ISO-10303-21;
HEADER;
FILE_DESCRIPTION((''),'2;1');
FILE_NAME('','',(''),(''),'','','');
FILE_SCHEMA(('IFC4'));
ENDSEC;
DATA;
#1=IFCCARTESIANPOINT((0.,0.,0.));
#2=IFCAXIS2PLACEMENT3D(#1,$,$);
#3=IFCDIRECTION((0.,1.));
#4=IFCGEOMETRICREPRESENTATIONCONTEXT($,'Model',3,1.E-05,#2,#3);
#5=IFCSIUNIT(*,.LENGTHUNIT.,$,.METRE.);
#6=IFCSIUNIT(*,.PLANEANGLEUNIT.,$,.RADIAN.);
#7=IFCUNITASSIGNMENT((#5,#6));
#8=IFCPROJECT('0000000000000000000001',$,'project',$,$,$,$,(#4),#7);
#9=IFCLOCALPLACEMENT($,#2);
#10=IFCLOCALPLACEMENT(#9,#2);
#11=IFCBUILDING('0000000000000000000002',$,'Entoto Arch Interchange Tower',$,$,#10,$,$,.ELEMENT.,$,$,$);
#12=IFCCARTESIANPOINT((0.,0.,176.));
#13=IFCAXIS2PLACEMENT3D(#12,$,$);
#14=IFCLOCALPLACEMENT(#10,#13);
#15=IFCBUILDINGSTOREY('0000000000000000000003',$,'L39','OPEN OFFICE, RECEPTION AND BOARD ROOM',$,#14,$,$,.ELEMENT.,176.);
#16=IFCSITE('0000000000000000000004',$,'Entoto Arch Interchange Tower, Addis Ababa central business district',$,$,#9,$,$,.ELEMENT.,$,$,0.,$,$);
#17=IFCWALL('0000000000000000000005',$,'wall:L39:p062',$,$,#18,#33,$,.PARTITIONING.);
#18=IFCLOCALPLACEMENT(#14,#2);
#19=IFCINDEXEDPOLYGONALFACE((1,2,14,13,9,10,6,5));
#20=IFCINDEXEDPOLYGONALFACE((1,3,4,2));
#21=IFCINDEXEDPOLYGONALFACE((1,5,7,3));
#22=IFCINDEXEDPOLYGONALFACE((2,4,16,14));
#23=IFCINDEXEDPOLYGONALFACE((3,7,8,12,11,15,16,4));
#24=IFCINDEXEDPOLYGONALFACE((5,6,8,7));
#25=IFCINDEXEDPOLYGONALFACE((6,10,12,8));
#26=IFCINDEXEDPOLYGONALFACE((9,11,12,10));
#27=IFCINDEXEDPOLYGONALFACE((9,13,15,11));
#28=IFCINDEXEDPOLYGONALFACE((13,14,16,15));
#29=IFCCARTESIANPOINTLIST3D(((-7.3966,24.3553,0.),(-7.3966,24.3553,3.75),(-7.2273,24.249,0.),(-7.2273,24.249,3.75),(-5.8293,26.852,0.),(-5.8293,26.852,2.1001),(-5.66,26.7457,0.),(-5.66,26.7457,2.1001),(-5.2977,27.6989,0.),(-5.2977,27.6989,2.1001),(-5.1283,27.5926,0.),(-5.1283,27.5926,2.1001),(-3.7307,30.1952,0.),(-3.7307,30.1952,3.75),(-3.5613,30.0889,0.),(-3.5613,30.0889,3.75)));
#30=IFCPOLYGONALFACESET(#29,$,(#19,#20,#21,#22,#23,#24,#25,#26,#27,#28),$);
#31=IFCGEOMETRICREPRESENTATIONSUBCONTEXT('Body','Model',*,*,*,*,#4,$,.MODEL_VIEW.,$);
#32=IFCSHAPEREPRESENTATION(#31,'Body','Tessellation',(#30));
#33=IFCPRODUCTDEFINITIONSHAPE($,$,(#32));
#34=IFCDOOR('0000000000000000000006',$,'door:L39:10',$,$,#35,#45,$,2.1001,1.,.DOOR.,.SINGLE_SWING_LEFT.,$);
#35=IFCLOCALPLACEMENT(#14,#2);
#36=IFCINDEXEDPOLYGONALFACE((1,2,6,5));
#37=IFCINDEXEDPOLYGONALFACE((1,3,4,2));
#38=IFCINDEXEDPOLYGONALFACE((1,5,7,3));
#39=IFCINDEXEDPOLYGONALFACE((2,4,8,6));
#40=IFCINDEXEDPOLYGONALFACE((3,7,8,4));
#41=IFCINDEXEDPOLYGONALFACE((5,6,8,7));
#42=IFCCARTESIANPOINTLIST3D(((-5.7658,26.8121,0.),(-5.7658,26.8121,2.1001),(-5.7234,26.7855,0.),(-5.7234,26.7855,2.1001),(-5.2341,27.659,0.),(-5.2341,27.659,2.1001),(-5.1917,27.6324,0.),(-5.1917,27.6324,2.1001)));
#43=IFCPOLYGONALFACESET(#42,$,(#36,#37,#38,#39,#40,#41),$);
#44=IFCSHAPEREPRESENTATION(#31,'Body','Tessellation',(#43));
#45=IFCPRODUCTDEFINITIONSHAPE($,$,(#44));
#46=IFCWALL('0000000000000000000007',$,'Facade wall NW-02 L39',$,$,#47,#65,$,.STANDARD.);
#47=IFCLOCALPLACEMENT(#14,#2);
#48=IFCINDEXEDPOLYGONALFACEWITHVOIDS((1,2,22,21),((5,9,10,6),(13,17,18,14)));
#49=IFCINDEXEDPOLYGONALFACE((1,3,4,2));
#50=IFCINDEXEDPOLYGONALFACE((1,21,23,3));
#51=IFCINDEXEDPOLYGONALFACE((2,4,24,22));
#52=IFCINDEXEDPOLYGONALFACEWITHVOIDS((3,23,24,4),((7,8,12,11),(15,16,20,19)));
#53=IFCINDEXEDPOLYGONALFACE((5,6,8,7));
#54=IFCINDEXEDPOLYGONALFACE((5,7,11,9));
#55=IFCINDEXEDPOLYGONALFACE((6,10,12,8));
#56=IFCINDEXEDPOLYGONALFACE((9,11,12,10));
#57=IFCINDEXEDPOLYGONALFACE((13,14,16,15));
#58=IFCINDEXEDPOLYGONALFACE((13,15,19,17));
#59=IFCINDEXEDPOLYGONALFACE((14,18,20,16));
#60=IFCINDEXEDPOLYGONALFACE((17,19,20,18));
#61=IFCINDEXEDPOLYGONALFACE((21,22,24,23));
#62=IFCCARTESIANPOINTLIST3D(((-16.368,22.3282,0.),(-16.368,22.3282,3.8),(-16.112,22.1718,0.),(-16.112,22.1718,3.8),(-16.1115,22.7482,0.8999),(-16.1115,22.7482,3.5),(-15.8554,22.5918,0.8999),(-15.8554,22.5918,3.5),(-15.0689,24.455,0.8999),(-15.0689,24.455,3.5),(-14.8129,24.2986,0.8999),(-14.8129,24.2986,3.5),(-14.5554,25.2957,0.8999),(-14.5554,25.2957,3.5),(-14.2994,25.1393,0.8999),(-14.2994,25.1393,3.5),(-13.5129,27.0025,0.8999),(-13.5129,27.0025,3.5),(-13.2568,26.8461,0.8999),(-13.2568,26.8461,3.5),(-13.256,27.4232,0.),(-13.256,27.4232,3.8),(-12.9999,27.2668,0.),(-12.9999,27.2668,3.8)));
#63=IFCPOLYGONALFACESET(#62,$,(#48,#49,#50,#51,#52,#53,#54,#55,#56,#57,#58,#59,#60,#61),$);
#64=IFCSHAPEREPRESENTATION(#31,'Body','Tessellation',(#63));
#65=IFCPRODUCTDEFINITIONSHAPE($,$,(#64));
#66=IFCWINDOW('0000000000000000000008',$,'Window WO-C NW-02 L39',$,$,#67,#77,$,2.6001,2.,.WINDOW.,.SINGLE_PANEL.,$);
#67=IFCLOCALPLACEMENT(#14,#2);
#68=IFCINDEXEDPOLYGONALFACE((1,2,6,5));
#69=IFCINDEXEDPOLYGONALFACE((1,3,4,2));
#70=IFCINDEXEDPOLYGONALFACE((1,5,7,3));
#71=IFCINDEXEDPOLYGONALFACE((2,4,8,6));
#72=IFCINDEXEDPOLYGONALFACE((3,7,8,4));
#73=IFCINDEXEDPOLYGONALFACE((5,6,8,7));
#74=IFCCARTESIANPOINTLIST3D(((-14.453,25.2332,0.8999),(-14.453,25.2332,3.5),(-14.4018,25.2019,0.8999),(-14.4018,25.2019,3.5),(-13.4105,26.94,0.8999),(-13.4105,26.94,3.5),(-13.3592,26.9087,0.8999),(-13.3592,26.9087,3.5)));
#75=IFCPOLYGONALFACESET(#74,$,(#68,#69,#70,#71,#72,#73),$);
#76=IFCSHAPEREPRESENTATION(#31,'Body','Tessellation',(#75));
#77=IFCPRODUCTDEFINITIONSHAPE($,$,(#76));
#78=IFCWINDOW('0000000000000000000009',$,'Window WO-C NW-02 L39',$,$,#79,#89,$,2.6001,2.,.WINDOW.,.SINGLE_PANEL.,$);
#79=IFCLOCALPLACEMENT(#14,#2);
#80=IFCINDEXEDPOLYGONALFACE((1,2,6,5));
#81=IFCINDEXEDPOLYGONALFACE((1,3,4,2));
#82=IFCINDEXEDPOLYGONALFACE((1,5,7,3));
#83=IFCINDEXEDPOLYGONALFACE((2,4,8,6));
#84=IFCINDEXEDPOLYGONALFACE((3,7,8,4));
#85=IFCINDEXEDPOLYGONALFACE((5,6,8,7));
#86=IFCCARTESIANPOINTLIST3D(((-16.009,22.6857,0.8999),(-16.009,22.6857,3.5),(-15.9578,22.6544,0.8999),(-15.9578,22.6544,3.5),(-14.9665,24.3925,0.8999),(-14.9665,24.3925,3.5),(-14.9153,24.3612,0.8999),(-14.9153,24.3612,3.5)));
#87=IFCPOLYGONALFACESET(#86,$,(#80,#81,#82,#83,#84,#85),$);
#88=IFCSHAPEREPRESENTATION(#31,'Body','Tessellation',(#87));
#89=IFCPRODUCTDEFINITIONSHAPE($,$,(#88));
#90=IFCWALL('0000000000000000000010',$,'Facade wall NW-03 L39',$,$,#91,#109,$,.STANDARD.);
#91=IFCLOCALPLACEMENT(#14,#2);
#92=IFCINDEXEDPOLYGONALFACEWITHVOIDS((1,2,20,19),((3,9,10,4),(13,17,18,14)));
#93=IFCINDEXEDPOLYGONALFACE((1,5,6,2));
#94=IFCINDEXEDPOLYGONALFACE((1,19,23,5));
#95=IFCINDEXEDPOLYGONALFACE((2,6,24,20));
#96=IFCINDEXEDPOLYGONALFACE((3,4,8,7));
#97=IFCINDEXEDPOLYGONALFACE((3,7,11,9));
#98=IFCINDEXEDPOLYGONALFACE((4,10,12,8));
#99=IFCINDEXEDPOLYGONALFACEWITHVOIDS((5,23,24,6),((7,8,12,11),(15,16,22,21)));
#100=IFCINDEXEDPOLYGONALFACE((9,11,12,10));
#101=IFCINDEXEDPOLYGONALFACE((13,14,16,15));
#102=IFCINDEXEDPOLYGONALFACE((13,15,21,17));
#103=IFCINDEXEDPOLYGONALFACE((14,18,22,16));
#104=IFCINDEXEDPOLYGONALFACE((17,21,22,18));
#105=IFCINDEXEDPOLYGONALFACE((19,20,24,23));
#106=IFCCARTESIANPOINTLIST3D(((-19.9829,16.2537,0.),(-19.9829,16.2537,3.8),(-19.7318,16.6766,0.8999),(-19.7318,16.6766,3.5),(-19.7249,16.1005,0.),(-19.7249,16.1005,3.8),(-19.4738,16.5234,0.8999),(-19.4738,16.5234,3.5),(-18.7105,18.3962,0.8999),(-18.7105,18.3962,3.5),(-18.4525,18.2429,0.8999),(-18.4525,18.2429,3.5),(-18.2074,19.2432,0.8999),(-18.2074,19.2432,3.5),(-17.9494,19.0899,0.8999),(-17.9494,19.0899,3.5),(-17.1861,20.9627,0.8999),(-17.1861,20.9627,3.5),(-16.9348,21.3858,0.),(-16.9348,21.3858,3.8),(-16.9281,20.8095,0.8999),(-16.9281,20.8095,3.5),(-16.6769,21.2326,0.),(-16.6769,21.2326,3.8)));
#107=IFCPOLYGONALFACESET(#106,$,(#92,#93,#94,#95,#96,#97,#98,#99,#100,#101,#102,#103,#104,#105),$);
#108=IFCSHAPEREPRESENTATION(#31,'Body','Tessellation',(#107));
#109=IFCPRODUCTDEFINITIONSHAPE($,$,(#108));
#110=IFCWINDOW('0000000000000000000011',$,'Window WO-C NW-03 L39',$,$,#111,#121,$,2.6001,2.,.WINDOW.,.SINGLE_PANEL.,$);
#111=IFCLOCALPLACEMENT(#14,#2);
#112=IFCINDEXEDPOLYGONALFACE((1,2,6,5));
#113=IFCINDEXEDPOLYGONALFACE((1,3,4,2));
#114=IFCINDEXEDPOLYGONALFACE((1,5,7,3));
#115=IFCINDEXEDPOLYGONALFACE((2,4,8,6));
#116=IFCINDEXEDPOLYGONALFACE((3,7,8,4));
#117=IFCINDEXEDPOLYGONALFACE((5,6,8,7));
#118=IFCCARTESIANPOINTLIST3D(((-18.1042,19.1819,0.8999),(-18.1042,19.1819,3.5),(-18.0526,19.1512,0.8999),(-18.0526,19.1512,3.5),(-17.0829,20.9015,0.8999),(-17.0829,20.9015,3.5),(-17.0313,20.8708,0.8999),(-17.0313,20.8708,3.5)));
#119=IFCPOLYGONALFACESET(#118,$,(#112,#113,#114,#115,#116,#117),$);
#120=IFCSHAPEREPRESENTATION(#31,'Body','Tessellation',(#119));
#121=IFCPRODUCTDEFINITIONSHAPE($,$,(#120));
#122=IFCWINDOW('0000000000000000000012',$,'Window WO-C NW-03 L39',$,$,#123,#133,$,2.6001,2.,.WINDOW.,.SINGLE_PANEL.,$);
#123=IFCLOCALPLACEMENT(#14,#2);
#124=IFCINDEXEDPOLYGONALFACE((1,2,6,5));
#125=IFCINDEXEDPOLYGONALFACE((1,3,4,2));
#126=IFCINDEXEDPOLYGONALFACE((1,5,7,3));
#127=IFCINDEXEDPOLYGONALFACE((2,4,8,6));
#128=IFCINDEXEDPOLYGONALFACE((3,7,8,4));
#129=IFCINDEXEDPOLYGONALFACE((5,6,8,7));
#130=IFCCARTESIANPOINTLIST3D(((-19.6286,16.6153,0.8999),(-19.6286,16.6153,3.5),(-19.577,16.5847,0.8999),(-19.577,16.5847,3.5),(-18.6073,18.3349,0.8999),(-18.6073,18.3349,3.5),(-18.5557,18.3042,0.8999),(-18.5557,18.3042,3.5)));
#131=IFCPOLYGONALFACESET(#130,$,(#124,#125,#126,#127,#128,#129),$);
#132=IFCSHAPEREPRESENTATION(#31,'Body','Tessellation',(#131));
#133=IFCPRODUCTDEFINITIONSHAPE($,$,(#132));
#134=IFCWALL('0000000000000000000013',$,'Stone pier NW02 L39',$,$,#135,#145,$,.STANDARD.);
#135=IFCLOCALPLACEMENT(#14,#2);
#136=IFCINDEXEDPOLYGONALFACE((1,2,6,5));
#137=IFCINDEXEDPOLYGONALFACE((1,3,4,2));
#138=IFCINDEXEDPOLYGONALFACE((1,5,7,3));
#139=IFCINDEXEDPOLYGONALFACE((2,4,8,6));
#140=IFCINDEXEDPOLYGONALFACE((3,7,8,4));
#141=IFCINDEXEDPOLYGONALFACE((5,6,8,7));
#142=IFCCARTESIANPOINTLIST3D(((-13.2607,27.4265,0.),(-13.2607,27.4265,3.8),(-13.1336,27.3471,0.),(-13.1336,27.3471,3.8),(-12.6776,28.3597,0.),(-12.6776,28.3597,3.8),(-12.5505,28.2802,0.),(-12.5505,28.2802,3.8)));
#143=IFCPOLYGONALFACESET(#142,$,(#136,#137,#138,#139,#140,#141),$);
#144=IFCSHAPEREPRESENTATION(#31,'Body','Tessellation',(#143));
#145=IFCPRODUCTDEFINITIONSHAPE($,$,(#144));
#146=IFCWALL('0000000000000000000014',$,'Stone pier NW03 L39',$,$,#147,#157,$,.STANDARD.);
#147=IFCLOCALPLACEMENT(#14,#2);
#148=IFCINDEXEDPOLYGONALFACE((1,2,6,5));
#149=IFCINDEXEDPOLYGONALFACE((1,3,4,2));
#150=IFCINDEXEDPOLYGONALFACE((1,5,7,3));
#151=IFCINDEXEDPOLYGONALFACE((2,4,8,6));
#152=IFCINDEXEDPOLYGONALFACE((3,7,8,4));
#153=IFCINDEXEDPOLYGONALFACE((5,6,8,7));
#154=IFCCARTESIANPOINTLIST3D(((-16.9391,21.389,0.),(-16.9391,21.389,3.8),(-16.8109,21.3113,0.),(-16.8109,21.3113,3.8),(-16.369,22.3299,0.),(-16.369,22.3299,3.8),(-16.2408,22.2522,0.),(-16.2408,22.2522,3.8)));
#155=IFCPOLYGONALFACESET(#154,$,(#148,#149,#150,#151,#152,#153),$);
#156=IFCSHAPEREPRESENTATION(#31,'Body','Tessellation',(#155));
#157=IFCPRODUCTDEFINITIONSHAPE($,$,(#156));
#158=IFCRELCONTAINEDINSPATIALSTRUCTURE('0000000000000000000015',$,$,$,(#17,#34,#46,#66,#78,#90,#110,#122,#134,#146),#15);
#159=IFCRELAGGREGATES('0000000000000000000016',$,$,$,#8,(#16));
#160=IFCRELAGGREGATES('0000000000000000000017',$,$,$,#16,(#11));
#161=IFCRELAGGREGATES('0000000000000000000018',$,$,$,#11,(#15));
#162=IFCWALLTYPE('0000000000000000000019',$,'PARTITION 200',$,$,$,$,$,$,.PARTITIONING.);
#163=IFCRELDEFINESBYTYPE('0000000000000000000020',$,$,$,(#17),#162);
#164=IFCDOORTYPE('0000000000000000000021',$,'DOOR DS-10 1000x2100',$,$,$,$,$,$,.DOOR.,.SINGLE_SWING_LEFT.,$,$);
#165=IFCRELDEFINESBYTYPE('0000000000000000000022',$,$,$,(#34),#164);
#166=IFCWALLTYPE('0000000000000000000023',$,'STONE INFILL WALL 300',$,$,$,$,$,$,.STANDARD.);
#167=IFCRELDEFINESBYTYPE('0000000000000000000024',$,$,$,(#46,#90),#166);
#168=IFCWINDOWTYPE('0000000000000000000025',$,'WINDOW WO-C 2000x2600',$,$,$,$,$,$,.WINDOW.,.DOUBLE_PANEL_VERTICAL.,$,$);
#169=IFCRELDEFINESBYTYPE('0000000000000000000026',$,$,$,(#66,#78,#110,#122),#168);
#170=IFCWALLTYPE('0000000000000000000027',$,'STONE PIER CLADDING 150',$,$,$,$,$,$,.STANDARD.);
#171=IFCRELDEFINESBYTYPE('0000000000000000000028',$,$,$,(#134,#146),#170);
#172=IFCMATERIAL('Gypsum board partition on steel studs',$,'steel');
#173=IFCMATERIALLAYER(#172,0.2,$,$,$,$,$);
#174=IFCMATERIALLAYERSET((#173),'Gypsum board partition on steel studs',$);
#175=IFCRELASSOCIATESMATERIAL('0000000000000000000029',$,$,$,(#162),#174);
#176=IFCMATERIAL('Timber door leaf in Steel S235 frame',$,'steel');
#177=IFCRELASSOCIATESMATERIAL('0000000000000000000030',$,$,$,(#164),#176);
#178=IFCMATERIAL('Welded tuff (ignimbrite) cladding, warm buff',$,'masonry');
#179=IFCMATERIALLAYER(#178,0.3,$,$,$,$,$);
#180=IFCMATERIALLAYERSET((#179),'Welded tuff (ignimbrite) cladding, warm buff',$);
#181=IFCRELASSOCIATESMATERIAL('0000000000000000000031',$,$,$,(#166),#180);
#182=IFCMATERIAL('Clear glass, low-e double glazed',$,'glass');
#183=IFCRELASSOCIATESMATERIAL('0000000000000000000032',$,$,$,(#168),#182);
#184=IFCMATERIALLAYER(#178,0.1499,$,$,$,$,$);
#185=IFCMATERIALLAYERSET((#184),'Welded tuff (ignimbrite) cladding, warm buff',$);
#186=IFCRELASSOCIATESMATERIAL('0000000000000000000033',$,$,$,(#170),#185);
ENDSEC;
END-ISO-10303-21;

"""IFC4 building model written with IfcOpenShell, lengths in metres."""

from ifc_helpers import new_model, si_unit, direction, frame, frame_2d, origin, place, context, subcontext, project, spatial, rectangle, extrude, material, layer, layer_set, type_object, element, fill, save


model = new_model("IFC4")

# Units and contexts
model_context = context("Model", 3, precision=1e-05, world=origin(), true_north=direction((0.0, 1.0)))
body_context = subcontext(model_context, "Body", "Model", "MODEL_VIEW")
ifc_project = project(units=[si_unit("LENGTHUNIT", "METRE"), si_unit("PLANEANGLEUNIT", "RADIAN")], contexts=[model_context])

# Site, building, storey
site_placement = place(None, origin())
site = spatial("IfcSite", under=ifc_project, at=site_placement, Name="Entoto Arch Interchange Tower, Addis Ababa central business district", CompositionType="ELEMENT", RefElevation=0.0)
building_placement = place(site_placement, origin())
building = spatial("IfcBuilding", under=site, at=building_placement, Name="Entoto Arch Interchange Tower", CompositionType="ELEMENT")
storey_placement = place(building_placement, frame((0.0, 0.0, 176.0)))
storey = spatial("IfcBuildingStorey", under=building, at=storey_placement, Name="L39", Description="OPEN OFFICE, RECEPTION AND BOARD ROOM", CompositionType="ELEMENT", Elevation=176.0)

# Shared definitions
ifc_material_1 = material(Name="Gypsum board partition on steel studs", Category="steel")

# Shared definitions
ifc_layer_1 = layer(ifc_material_1, 0.2)
ifc_layer_set_1 = layer_set([ifc_layer_1], Name="Gypsum board partition on steel studs")
wall_type_1 = type_object("IfcWallType", Name="PARTITION 200", PredefinedType="PARTITIONING", material=ifc_layer_set_1)
ifc_material_2 = material(Name="Timber door leaf in Steel S235 frame", Category="steel")
door_type = type_object("IfcDoorType", Name="DOOR DS-10 1000x2100", OperationType="SINGLE_SWING_LEFT", PredefinedType="DOOR", material=ifc_material_2)

# Wall, opening, door
wall_1_placement = place(storey_placement, frame((-7.312, 24.302, 0.0), z_axis=(0.0, 0.0, 1.0), x_axis=(0.531662, 0.846956, 0.0)))
wall_1 = element("IfcWall", 1, at=wall_1_placement, inside=storey, type_object=wall_type_1, Name="wall:L39:p062", PredefinedType="PARTITIONING", context=body_context, shape_type="SweptSolid", body=[
    extrude(rectangle(XDim=6.8953, YDim=0.2, at=frame_2d((3.4478, 0.0))), origin(), (0.0, 0.0, 1.0), 3.75),
])
opening_1_placement = place(wall_1_placement, frame((2.948, 0.0, 0.0)))
opening_1 = element("IfcOpeningElement", 2, at=opening_1_placement, cuts=wall_1, PredefinedType="OPENING", context=body_context, shape_type="SweptSolid", body=[
    extrude(rectangle(XDim=1.0, YDim=2.1001, at=frame_2d((0.5, 1.05))), frame((0.0, 0.1099, 0.0), z_axis=(0.0, -1.0, 0.0), x_axis=(1.0, 0.0, 0.0)), (0.0, 0.0, 1.0), 0.22),
])
door_1_placement = place(opening_1_placement, origin())
door_1 = element("IfcDoor", 3, at=door_1_placement, inside=storey, type_object=door_type, Name="door:L39:10", OperationType="SINGLE_SWING_LEFT", OverallHeight=2.1001, OverallWidth=1.0, PredefinedType="DOOR", context=body_context, shape_type="SweptSolid", body=[
    extrude(rectangle(XDim=1.0, YDim=2.1001, at=frame_2d((0.5, 1.05))), frame((0.0, 0.0249, 0.0), z_axis=(0.0, -1.0, 0.0), x_axis=(1.0, 0.0, 0.0)), (0.0, 0.0, 1.0), 0.05),
])
fill(opening_1, door_1)

# Walls, openings, windows
ifc_material_3 = material(Name="Welded tuff (ignimbrite) cladding, warm buff", Category="masonry")
ifc_layer_2 = layer(ifc_material_3, 0.3)
ifc_layer_set_2 = layer_set([ifc_layer_2], Name="Welded tuff (ignimbrite) cladding, warm buff")
wall_type_2 = type_object("IfcWallType", Name="STONE INFILL WALL 300", PredefinedType="STANDARD", material=ifc_layer_set_2)
wall_2_placement = place(storey_placement, frame((-13.1279, 27.345, 0.0), z_axis=(0.0, 0.0, 1.0), x_axis=(-0.521263, -0.853396, 0.0)))
wall_2 = element("IfcWall", 4, at=wall_2_placement, inside=storey, type_object=wall_type_2, Name="Facade wall NW-02 L39", PredefinedType="STANDARD", context=body_context, shape_type="SweptSolid", body=[
    extrude(rectangle(XDim=5.9702, YDim=0.3, at=frame_2d((2.9851, 0.0))), origin(), (0.0, 0.0, 1.0), 3.8),
])
opening_2_placement = place(wall_2_placement, frame((0.4929, 0.0, 0.8999)))
opening_2 = element("IfcOpeningElement", 5, at=opening_2_placement, cuts=wall_2, PredefinedType="OPENING", context=body_context, shape_type="SweptSolid", body=[
    extrude(rectangle(XDim=2.0, YDim=2.6001, at=frame_2d((1.0, 1.3))), frame((0.0, 0.1602, 0.0), z_axis=(0.0, -1.0, 0.0), x_axis=(1.0, 0.0, 0.0)), (0.0, 0.0, 1.0), 0.3201),
])
opening_3_placement = place(wall_2_placement, frame((3.478, 0.0, 0.8999)))
opening_3 = element("IfcOpeningElement", 6, at=opening_3_placement, cuts=wall_2, PredefinedType="OPENING", context=body_context, shape_type="SweptSolid", body=[
    extrude(rectangle(XDim=2.0, YDim=2.6001, at=frame_2d((1.0, 1.3))), frame((0.0, 0.1602, 0.0), z_axis=(0.0, -1.0, 0.0), x_axis=(1.0, 0.0, 0.0)), (0.0, 0.0, 1.0), 0.3201),
])
ifc_material_4 = material(Name="Clear glass, low-e double glazed", Category="glass")
window_type = type_object("IfcWindowType", Name="WINDOW WO-C 2000x2600", PartitioningType="DOUBLE_PANEL_VERTICAL", PredefinedType="WINDOW", material=ifc_material_4)
window_1_placement = place(opening_2_placement, origin())
window_1 = element("IfcWindow", 7, at=window_1_placement, inside=storey, type_object=window_type, Name="Window WO-C NW-02 L39", OverallHeight=2.6001, OverallWidth=2.0, PartitioningType="SINGLE_PANEL", PredefinedType="WINDOW", context=body_context, shape_type="SweptSolid", body=[
    extrude(rectangle(XDim=2.0, YDim=2.6001, at=frame_2d((1.0, 1.3))), frame((0.0, 0.03, 0.0), z_axis=(0.0, -1.0, 0.0), x_axis=(1.0, 0.0, 0.0)), (0.0, 0.0, 1.0), 0.0601),
])
fill(opening_2, window_1)
window_2_placement = place(opening_3_placement, origin())
window_2 = element("IfcWindow", 8, at=window_2_placement, inside=storey, type_object=window_type, Name="Window WO-C NW-02 L39", OverallHeight=2.6001, OverallWidth=2.0, PartitioningType="SINGLE_PANEL", PredefinedType="WINDOW", context=body_context, shape_type="SweptSolid", body=[
    extrude(rectangle(XDim=2.0, YDim=2.6001, at=frame_2d((1.0, 1.3))), frame((0.0, 0.03, 0.0), z_axis=(0.0, -1.0, 0.0), x_axis=(1.0, 0.0, 0.0)), (0.0, 0.0, 1.0), 0.0601),
])
fill(opening_3, window_2)
wall_3_placement = place(storey_placement, frame((-16.8059, 21.3091, 0.0), z_axis=(0.0, 0.0, 1.0), x_axis=(-0.510653, -0.859787, 0.0)))
wall_3 = element("IfcWall", 9, at=wall_3_placement, inside=storey, type_object=wall_type_2, Name="Facade wall NW-03 L39", PredefinedType="STANDARD", context=body_context, shape_type="SweptSolid", body=[
    extrude(rectangle(XDim=5.969, YDim=0.3, at=frame_2d((2.9844, 0.0))), origin(), (0.0, 0.0, 1.0), 3.8),
])
opening_4_placement = place(wall_3_placement, frame((0.4919, 0.0, 0.8999)))
opening_4 = element("IfcOpeningElement", 10, at=opening_4_placement, cuts=wall_3, PredefinedType="OPENING", context=body_context, shape_type="SweptSolid", body=[
    extrude(rectangle(XDim=2.0, YDim=2.6001, at=frame_2d((1.0, 1.3))), frame((0.0, 0.1602, 0.0), z_axis=(0.0, -1.0, 0.0), x_axis=(1.0, 0.0, 0.0)), (0.0, 0.0, 1.0), 0.3201),
])
opening_5_placement = place(wall_3_placement, frame((3.4771, 0.0, 0.8999)))
opening_5 = element("IfcOpeningElement", 11, at=opening_5_placement, cuts=wall_3, PredefinedType="OPENING", context=body_context, shape_type="SweptSolid", body=[
    extrude(rectangle(XDim=2.0, YDim=2.6001, at=frame_2d((1.0, 1.3))), frame((0.0, 0.1602, 0.0), z_axis=(0.0, -1.0, 0.0), x_axis=(1.0, 0.0, 0.0)), (0.0, 0.0, 1.0), 0.3201),
])
window_3_placement = place(opening_4_placement, origin())
window_3 = element("IfcWindow", 12, at=window_3_placement, inside=storey, type_object=window_type, Name="Window WO-C NW-03 L39", OverallHeight=2.6001, OverallWidth=2.0, PartitioningType="SINGLE_PANEL", PredefinedType="WINDOW", context=body_context, shape_type="SweptSolid", body=[
    extrude(rectangle(XDim=2.0, YDim=2.6001, at=frame_2d((1.0, 1.3))), frame((0.0, 0.03, 0.0), z_axis=(0.0, -1.0, 0.0), x_axis=(1.0, 0.0, 0.0)), (0.0, 0.0, 1.0), 0.0601),
])
fill(opening_4, window_3)
window_4_placement = place(opening_5_placement, origin())
window_4 = element("IfcWindow", 13, at=window_4_placement, inside=storey, type_object=window_type, Name="Window WO-C NW-03 L39", OverallHeight=2.6001, OverallWidth=2.0, PartitioningType="SINGLE_PANEL", PredefinedType="WINDOW", context=body_context, shape_type="SweptSolid", body=[
    extrude(rectangle(XDim=2.0, YDim=2.6001, at=frame_2d((1.0, 1.3))), frame((0.0, 0.03, 0.0), z_axis=(0.0, -1.0, 0.0), x_axis=(1.0, 0.0, 0.0)), (0.0, 0.0, 1.0), 0.0601),
])
fill(opening_5, window_4)

# Walls
ifc_layer_3 = layer(ifc_material_3, 0.1499)
ifc_layer_set_3 = layer_set([ifc_layer_3], Name="Welded tuff (ignimbrite) cladding, warm buff")
wall_type_3 = type_object("IfcWallType", Name="STONE PIER CLADDING 150", PredefinedType="STANDARD", material=ifc_layer_set_3)
wall_4_placement = place(storey_placement, frame((-12.614, 28.3201, 0.0), z_axis=(0.0, 0.0, 1.0), x_axis=(-0.529879, -0.848073, 0.0)))
element("IfcWall", 14, at=wall_4_placement, inside=storey, type_object=wall_type_3, Name="Stone pier NW02 L39", PredefinedType="STANDARD", context=body_context, shape_type="SweptSolid", body=[
    extrude(rectangle(XDim=1.1003, YDim=0.1499, at=frame_2d((0.5503, 0.0))), origin(), (0.0, 0.0, 1.0), 3.8),
])
wall_5_placement = place(storey_placement, frame((-16.3049, 22.291, 0.0), z_axis=(0.0, 0.0, 1.0), x_axis=(-0.518179, -0.855272, 0.0)))
element("IfcWall", 15, at=wall_5_placement, inside=storey, type_object=wall_type_3, Name="Stone pier NW03 L39", PredefinedType="STANDARD", context=body_context, shape_type="SweptSolid", body=[
    extrude(rectangle(XDim=1.1001, YDim=0.1499, at=frame_2d((0.55, 0.0))), origin(), (0.0, 0.0, 1.0), 3.8),
])

save(model, "model.ifc")
